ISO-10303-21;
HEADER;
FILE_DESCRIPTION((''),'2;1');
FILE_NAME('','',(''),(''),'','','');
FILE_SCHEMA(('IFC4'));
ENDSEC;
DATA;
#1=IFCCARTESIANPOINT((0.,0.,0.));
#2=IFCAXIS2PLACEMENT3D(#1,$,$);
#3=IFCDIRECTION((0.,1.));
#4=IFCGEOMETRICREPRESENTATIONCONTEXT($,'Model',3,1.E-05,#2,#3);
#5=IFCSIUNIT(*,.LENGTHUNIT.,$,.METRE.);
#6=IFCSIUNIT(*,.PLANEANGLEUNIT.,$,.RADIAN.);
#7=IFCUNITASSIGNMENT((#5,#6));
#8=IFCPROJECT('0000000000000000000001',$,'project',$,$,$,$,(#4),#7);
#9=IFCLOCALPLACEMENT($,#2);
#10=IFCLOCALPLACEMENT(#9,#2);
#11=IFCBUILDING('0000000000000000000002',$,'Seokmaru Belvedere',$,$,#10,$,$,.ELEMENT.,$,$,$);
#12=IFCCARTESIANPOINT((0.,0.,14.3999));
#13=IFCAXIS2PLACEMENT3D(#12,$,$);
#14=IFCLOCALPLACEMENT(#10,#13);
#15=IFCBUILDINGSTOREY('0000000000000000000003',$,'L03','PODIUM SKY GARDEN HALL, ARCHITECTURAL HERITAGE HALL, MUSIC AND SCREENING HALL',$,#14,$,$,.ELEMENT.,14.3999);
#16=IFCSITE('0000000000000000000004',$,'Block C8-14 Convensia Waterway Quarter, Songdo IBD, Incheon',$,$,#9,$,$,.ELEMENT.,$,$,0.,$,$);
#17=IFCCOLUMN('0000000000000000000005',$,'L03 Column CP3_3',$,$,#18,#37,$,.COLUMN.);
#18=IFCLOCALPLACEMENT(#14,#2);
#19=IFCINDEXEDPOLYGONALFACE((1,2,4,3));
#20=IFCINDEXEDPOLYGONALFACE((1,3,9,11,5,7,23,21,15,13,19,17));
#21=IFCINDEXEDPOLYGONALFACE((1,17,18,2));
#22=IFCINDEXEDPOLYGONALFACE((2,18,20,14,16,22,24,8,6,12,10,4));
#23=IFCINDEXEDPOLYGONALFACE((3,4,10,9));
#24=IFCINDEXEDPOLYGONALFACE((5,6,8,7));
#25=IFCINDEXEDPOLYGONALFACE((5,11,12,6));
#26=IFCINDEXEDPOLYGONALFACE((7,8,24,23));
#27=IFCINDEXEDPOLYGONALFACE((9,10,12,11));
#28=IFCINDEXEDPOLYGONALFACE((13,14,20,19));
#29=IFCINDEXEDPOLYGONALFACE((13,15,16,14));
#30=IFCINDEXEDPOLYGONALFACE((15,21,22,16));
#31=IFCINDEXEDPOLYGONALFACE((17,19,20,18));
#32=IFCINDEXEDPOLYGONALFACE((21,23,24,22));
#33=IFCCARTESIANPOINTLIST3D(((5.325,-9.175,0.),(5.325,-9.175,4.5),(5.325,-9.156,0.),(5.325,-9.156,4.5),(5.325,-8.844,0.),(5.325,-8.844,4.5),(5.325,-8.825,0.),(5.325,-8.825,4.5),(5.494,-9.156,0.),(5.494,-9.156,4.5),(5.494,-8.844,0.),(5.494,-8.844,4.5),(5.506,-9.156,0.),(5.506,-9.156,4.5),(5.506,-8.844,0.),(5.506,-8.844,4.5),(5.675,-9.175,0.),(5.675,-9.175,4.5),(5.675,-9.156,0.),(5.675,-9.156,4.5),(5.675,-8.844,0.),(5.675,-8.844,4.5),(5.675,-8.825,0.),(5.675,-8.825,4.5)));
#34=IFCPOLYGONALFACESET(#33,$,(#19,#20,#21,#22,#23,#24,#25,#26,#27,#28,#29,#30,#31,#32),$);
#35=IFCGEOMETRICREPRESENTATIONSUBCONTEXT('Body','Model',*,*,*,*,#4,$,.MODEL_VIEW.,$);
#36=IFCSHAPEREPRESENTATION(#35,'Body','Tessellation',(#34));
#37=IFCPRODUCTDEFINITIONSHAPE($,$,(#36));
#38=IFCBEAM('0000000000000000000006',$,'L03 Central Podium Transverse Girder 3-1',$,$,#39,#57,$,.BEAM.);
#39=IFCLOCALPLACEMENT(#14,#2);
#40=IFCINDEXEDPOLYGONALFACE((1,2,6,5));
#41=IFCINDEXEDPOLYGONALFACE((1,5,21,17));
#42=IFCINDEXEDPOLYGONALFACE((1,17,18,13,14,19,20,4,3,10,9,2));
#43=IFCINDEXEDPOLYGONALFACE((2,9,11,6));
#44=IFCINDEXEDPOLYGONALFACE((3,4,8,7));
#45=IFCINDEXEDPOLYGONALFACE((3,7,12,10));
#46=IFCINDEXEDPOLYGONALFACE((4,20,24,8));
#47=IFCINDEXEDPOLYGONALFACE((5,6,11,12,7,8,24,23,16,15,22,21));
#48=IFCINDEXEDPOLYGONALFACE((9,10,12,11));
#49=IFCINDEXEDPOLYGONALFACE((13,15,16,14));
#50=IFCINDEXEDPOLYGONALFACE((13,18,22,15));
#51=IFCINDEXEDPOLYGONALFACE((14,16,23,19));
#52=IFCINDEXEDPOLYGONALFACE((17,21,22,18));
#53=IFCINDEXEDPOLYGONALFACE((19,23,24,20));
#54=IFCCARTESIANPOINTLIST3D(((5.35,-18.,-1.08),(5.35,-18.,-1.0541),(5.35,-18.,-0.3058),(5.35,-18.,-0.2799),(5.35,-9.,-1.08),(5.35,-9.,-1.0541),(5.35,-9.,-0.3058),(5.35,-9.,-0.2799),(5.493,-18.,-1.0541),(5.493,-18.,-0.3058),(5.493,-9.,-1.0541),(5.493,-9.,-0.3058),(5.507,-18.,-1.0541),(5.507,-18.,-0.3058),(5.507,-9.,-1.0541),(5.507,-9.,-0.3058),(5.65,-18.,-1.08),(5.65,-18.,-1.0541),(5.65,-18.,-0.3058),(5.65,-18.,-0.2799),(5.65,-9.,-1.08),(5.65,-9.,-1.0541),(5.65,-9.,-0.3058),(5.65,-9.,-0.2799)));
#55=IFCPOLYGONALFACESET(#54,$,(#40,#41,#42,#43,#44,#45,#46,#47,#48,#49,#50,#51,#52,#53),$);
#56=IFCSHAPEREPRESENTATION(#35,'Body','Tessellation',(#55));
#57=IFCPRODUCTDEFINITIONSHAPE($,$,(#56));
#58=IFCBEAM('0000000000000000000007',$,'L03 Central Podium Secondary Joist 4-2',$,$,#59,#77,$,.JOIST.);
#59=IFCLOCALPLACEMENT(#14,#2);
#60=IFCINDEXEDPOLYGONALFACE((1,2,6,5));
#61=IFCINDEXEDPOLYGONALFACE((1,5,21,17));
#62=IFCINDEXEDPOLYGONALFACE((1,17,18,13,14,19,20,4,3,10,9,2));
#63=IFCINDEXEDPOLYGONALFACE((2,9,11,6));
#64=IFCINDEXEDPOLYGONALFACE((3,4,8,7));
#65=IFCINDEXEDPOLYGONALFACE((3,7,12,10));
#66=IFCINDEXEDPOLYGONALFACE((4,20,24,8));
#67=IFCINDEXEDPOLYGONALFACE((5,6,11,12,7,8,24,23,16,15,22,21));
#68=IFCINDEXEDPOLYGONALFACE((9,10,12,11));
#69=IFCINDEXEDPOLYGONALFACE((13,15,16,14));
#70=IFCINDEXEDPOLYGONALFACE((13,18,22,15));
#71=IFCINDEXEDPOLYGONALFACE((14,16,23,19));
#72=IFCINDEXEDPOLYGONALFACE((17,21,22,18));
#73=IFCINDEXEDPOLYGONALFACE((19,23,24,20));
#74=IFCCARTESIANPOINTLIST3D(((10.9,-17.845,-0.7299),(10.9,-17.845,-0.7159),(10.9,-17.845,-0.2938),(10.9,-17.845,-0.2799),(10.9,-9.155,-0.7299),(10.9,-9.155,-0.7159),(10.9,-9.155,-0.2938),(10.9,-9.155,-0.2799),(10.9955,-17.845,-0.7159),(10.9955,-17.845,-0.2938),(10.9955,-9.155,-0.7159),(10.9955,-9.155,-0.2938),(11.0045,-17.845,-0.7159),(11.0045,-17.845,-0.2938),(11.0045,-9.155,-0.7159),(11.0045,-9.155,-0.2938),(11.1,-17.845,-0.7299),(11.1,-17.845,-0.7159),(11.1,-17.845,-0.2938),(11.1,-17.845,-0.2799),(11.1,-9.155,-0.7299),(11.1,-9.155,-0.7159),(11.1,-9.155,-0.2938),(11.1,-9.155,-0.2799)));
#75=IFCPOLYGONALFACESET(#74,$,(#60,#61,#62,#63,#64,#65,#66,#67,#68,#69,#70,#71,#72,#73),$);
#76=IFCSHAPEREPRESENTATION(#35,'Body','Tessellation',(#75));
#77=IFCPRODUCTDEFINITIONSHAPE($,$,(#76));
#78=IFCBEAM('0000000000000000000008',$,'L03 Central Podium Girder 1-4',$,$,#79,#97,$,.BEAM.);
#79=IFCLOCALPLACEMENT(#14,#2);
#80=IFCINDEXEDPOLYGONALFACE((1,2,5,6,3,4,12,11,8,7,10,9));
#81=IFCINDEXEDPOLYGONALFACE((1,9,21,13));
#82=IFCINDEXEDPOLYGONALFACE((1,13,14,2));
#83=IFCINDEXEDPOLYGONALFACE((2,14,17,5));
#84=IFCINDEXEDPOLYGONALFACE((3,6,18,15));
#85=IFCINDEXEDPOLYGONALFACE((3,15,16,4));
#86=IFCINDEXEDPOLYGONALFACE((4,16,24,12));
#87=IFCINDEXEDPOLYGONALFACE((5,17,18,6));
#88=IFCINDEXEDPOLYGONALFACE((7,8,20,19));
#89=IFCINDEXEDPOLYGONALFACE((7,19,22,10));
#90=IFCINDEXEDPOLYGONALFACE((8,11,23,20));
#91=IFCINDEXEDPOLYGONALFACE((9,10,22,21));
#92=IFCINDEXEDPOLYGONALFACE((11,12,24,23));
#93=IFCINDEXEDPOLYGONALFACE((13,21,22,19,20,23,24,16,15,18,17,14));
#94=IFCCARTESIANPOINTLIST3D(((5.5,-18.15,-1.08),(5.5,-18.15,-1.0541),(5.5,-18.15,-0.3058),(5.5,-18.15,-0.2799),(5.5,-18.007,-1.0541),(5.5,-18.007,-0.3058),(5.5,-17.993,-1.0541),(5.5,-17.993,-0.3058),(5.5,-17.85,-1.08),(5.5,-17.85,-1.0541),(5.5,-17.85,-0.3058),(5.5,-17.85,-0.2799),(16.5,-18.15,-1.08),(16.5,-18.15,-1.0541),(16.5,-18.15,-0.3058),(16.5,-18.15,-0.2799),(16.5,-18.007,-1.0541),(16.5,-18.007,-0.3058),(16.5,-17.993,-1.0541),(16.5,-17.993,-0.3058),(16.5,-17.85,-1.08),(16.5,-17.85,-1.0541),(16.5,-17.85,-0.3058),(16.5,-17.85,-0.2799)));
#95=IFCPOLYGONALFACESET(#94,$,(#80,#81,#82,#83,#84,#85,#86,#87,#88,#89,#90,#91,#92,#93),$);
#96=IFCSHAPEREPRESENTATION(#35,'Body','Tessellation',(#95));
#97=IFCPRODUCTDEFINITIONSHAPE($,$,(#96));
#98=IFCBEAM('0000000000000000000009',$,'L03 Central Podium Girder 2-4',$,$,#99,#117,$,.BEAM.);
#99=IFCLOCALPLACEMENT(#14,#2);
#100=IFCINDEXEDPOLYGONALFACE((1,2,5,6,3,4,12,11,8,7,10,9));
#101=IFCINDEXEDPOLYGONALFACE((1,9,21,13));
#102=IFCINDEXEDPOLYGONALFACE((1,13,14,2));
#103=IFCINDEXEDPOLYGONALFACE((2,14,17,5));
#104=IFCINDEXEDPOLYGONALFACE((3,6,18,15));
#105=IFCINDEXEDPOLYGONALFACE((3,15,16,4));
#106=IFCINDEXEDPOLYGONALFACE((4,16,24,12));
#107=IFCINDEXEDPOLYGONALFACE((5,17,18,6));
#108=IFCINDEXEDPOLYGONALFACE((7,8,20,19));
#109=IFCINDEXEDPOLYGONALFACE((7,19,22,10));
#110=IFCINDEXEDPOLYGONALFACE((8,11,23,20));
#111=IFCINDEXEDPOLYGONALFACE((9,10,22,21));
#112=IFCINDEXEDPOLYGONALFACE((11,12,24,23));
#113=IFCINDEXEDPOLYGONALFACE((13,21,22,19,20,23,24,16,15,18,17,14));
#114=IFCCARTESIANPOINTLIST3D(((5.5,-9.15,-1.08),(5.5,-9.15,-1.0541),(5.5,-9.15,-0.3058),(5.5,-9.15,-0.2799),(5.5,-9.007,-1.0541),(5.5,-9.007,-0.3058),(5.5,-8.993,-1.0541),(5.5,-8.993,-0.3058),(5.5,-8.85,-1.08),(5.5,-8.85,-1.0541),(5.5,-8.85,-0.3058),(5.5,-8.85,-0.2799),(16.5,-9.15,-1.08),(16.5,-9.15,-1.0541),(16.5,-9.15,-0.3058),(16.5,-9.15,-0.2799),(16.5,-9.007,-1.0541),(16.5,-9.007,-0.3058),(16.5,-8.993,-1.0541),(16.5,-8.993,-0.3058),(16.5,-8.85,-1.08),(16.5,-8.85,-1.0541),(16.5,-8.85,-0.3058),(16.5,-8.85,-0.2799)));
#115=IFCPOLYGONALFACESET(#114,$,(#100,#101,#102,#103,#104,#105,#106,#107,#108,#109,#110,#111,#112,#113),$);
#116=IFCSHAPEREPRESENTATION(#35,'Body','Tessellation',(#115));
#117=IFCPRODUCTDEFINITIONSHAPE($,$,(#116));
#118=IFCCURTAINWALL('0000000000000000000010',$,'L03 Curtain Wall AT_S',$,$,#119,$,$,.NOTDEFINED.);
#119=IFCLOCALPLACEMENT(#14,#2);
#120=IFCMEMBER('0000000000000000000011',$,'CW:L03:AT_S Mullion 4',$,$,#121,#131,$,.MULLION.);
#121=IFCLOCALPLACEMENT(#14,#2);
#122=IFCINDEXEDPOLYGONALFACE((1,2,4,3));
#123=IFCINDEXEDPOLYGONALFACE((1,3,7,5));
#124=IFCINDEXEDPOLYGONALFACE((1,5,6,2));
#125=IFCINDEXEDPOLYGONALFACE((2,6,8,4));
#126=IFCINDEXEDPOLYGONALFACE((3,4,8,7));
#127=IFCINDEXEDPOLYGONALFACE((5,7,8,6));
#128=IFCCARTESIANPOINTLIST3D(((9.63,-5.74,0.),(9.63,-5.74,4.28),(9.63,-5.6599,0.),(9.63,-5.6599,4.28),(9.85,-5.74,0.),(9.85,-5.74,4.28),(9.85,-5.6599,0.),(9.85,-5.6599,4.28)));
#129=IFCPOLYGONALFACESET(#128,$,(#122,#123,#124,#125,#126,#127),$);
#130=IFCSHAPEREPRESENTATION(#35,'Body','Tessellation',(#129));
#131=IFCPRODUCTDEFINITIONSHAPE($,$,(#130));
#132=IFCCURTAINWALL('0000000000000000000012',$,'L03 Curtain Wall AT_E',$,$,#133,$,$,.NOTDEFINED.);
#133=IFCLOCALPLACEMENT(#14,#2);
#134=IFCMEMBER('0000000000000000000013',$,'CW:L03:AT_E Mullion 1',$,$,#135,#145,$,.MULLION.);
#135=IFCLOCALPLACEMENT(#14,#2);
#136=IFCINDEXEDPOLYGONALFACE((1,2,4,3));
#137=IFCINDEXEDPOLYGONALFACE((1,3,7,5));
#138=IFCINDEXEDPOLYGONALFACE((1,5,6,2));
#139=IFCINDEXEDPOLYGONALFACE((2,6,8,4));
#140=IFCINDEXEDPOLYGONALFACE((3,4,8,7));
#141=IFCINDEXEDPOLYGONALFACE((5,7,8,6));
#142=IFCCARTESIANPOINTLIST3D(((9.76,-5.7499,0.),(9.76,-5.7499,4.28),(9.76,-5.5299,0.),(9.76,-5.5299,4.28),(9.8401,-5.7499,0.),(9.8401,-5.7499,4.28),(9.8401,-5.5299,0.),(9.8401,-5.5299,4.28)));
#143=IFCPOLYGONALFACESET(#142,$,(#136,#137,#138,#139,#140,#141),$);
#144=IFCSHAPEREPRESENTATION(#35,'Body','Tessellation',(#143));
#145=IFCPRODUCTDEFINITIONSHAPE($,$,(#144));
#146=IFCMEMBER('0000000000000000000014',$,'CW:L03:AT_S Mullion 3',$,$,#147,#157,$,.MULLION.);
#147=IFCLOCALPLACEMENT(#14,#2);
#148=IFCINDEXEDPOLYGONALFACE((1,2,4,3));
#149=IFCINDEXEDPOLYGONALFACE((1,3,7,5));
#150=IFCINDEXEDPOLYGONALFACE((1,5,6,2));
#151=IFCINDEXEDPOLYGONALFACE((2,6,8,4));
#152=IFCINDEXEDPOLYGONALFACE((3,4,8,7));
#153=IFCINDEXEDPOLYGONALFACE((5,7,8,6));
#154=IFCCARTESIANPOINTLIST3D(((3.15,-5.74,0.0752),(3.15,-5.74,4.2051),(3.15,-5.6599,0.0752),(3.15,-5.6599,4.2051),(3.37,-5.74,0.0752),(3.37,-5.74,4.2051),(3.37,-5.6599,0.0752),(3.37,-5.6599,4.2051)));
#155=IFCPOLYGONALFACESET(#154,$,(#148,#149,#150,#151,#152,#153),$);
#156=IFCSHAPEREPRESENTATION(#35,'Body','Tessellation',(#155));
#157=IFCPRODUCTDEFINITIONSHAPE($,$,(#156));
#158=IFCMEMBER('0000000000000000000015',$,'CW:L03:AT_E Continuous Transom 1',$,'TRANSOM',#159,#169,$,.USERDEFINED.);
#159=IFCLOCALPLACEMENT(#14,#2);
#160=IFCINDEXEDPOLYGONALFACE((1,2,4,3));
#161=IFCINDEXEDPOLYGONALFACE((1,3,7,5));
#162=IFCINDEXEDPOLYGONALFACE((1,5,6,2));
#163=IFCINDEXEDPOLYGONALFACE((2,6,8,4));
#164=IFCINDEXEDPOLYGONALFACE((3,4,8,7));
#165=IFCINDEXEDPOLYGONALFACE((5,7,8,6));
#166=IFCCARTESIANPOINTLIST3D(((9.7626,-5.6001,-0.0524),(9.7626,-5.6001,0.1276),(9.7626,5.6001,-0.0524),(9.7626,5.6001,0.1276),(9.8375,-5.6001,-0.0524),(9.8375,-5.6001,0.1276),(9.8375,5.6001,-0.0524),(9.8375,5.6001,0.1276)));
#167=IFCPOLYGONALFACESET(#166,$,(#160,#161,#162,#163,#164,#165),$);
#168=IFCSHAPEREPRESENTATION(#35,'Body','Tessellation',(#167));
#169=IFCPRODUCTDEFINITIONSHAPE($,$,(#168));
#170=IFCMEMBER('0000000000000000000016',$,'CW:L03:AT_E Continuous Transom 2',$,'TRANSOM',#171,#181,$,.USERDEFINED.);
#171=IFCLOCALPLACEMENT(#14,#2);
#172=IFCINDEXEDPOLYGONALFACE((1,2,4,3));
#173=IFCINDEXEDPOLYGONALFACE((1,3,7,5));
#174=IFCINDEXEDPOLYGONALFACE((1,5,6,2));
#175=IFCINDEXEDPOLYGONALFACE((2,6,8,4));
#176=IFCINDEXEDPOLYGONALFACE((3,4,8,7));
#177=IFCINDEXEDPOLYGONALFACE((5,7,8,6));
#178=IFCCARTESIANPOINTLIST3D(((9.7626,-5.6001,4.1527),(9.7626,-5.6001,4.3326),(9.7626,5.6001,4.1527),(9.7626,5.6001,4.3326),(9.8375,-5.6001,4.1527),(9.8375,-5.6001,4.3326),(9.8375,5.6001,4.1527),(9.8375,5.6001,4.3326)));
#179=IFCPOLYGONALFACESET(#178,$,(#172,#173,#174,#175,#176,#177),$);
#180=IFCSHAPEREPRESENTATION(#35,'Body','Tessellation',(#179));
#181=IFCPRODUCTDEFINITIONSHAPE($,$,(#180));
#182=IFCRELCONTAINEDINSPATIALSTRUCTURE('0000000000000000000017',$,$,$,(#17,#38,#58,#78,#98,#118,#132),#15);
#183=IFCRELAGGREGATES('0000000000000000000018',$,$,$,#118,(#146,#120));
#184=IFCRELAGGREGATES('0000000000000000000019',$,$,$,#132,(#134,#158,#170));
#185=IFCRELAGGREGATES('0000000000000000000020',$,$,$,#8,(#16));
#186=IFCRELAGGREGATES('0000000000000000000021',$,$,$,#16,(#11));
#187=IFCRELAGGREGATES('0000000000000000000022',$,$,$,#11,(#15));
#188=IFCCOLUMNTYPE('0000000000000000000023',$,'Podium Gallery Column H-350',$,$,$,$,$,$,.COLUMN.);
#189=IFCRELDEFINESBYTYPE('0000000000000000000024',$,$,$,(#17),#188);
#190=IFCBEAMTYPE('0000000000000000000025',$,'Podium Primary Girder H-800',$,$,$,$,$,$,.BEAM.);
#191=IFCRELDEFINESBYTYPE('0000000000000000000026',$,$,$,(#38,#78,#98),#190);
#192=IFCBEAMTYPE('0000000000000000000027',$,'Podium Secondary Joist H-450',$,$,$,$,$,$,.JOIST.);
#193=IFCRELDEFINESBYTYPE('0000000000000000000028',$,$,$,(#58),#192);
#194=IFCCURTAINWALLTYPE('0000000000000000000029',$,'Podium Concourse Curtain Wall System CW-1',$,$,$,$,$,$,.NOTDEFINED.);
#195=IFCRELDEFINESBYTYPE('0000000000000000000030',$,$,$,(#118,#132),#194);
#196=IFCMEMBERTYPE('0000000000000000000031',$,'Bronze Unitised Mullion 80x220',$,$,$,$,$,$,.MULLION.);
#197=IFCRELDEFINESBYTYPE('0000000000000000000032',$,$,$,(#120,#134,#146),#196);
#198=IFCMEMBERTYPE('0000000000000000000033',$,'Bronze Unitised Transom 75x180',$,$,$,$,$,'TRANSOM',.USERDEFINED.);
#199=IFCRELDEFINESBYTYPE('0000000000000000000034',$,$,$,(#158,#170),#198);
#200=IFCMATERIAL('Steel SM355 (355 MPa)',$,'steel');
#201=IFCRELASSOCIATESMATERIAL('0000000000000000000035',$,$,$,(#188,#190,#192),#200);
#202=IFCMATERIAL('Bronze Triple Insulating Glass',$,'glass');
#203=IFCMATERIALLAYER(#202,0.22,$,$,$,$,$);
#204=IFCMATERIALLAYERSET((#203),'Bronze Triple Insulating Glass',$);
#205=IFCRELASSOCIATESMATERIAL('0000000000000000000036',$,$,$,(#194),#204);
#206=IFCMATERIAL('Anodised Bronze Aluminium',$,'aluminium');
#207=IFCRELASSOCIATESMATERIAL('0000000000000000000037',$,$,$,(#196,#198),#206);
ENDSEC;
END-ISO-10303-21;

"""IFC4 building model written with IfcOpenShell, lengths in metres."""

from ifc_helpers import new_model, si_unit, direction, frame, origin, origin_2d, place, context, subcontext, project, spatial, rectangle, i_section, extrude, source, transform, mapped, material, layer, layer_set, material_profile, profile_set, type_object, type_shapes, element, aggregate, save


model = new_model("IFC4")

# Units and contexts
model_context = context("Model", 3, precision=1e-05, world=origin(), true_north=direction((0.0, 1.0)))
body_context = subcontext(model_context, "Body", "Model", "MODEL_VIEW")
ifc_project = project(units=[si_unit("LENGTHUNIT", "METRE"), si_unit("PLANEANGLEUNIT", "RADIAN")], contexts=[model_context])

# Site, building, storey
site_placement = place(None, origin())
site = spatial("IfcSite", under=ifc_project, at=site_placement, Name="Block C8-14 Convensia Waterway Quarter, Songdo IBD, Incheon", CompositionType="ELEMENT", RefElevation=0.0)
building_placement = place(site_placement, origin())
building = spatial("IfcBuilding", under=site, at=building_placement, Name="Seokmaru Belvedere", CompositionType="ELEMENT")
storey_placement = place(building_placement, frame((0.0, 0.0, 14.3999)))
storey = spatial("IfcBuildingStorey", under=building, at=storey_placement, Name="L03", Description="PODIUM SKY GARDEN HALL, ARCHITECTURAL HERITAGE HALL, MUSIC AND SCREENING HALL", CompositionType="ELEMENT", Elevation=14.3999)

# Column
ifc_material_1 = material(Name="Steel SM355 (355 MPa)", Category="steel")
ifc_material_profile_1 = material_profile(ifc_material_1, i_section(OverallWidth=0.3501, OverallDepth=0.3501, WebThickness=0.012, FlangeThickness=0.019, at=origin_2d()), Name="H-350x350x12x19")
ifc_profile_set_1 = profile_set([ifc_material_profile_1], Name="Steel SM355 (355 MPa)")
column_type = type_object("IfcColumnType", Name="Podium Gallery Column H-350", PredefinedType="COLUMN", material=ifc_profile_set_1)
shared_shape_1 = source(origin(), body_context, "Body", "SweptSolid", [
    extrude(i_section(OverallWidth=0.3501, OverallDepth=0.3501, WebThickness=0.012, FlangeThickness=0.019, at=origin_2d()), origin(), (0.0, 0.0, 1.0), 4.5),
])
type_shapes(column_type, [shared_shape_1])
column_placement = place(storey_placement, frame((5.5, -9.0, 0.0), z_axis=(0.0, 0.0, 1.0), x_axis=(1.0, 0.0, 0.0)))
element("IfcColumn", 1, at=column_placement, inside=storey, type_object=column_type, Name="L03 Column CP3_3", PredefinedType="COLUMN", context=body_context, shape_type="MappedRepresentation", body=[
    mapped(shared_shape_1, transform((0.0, 0.0, 0.0), scale=1.0)),
])

# Beams
ifc_material_profile_2 = material_profile(ifc_material_1, i_section(OverallWidth=0.3, OverallDepth=0.8, WebThickness=0.0139, FlangeThickness=0.0259, at=origin_2d()), Name="H-800x300x14x26")
ifc_profile_set_2 = profile_set([ifc_material_profile_2], Name="Steel SM355 (355 MPa)")
beam_type_1 = type_object("IfcBeamType", Name="Podium Primary Girder H-800", PredefinedType="BEAM", material=ifc_profile_set_2)
shared_shape_2 = source(origin(), body_context, "Body", "SweptSolid", [
    extrude(i_section(OverallWidth=0.3, OverallDepth=0.8, WebThickness=0.0139, FlangeThickness=0.0259, at=origin_2d()), origin(), (0.0, 0.0, 1.0), 9.0),
])
beam_1_placement = place(storey_placement, frame((5.5, -18.0, -0.6799), z_axis=(0.0, 1.0, 0.0), x_axis=(-1.0, 0.0, 0.0)))
element("IfcBeam", 2, at=beam_1_placement, inside=storey, type_object=beam_type_1, Name="L03 Central Podium Transverse Girder 3-1", PredefinedType="BEAM", context=body_context, shape_type="MappedRepresentation", body=[
    mapped(shared_shape_2, transform((0.0, 0.0, 0.0), scale=1.0)),
])
ifc_material_profile_3 = material_profile(ifc_material_1, i_section(OverallWidth=0.2, OverallDepth=0.45, WebThickness=0.009, FlangeThickness=0.0139, at=origin_2d()), Name="H-450x200x9x14")
ifc_profile_set_3 = profile_set([ifc_material_profile_3], Name="Steel SM355 (355 MPa)")
beam_type_2 = type_object("IfcBeamType", Name="Podium Secondary Joist H-450", PredefinedType="JOIST", material=ifc_profile_set_3)
shared_shape_3 = source(origin(), body_context, "Body", "SweptSolid", [
    extrude(i_section(OverallWidth=0.2, OverallDepth=0.45, WebThickness=0.009, FlangeThickness=0.0139, at=origin_2d()), origin(), (0.0, 0.0, 1.0), 8.6899),
])
type_shapes(beam_type_2, [shared_shape_3])
beam_2_placement = place(storey_placement, frame((11.0, -17.845, -0.5049), z_axis=(0.0, 1.0, 0.0), x_axis=(-1.0, 0.0, 0.0)))
element("IfcBeam", 3, at=beam_2_placement, inside=storey, type_object=beam_type_2, Name="L03 Central Podium Secondary Joist 4-2", PredefinedType="JOIST", context=body_context, shape_type="MappedRepresentation", body=[
    mapped(shared_shape_3, transform((0.0, 0.0, 0.0), scale=1.0)),
])
shared_shape_4 = source(origin(), body_context, "Body", "SweptSolid", [
    extrude(i_section(OverallWidth=0.3, OverallDepth=0.8, WebThickness=0.0139, FlangeThickness=0.0259, at=origin_2d()), origin(), (0.0, 0.0, 1.0), 11.0),
])
type_shapes(beam_type_1, [shared_shape_2, shared_shape_4])
for number, where, z_axis, x_axis, name in (
    (4, (5.5, -18.0, -0.6799), (1.0, 0.0, 0.0), (0.0, 1.0, 0.0), "L03 Central Podium Girder 1-4"),
    (5, (5.5, -9.0, -0.6799), (1.0, 0.0, 0.0), (0.0, 1.0, 0.0), "L03 Central Podium Girder 2-4"),
):
    element("IfcBeam", number, at=place(storey_placement, frame(where, z_axis=z_axis, x_axis=x_axis)), inside=storey, type_object=beam_type_1, Name=name, PredefinedType="BEAM", context=body_context, shape_type="MappedRepresentation", body=[
        mapped(shared_shape_4, transform((0.0, 0.0, 0.0), scale=1.0)),
    ])

# Curtain walls, members
ifc_material_2 = material(Name="Bronze Triple Insulating Glass", Category="glass")
ifc_layer_1 = layer(ifc_material_2, 0.22)
ifc_layer_set_1 = layer_set([ifc_layer_1], Name="Bronze Triple Insulating Glass")
curtain_wall_type = type_object("IfcCurtainWallType", Name="Podium Concourse Curtain Wall System CW-1", PredefinedType="NOTDEFINED", material=ifc_layer_set_1)
curtain_wall_1_placement = place(storey_placement, origin())
curtain_wall_1 = element("IfcCurtainWall", 6, at=curtain_wall_1_placement, inside=storey, type_object=curtain_wall_type, Name="L03 Curtain Wall AT_S", PredefinedType="NOTDEFINED")
ifc_material_3 = material(Name="Anodised Bronze Aluminium", Category="aluminium")
ifc_material_profile_4 = material_profile(ifc_material_3, rectangle(XDim=0.0801, YDim=0.22, at=origin_2d()), Name="CW-M-80x220")
ifc_profile_set_4 = profile_set([ifc_material_profile_4], Name="Anodised Bronze Aluminium")
member_type_1 = type_object("IfcMemberType", Name="Bronze Unitised Mullion 80x220", PredefinedType="MULLION", material=ifc_profile_set_4)
shared_shape_5 = source(origin(), body_context, "Body", "SweptSolid", [
    extrude(rectangle(XDim=0.0801, YDim=0.22, at=origin_2d()), origin(), (0.0, 0.0, 1.0), 4.28),
])
member_1_placement = place(storey_placement, frame((9.74, -5.7, 0.0), z_axis=(0.0, 0.0, 1.0), x_axis=(0.0, 1.0, 0.0)))
member_1 = element("IfcMember", 7, at=member_1_placement, type_object=member_type_1, Name="CW:L03:AT_S Mullion 4", PredefinedType="MULLION", context=body_context, shape_type="MappedRepresentation", body=[
    mapped(shared_shape_5, transform((0.0, 0.0, 0.0), scale=1.0)),
])
curtain_wall_2_placement = place(storey_placement, origin())
curtain_wall_2 = element("IfcCurtainWall", 8, at=curtain_wall_2_placement, inside=storey, type_object=curtain_wall_type, Name="L03 Curtain Wall AT_E", PredefinedType="NOTDEFINED")
member_2_placement = place(storey_placement, frame((9.8, -5.6399, 0.0), z_axis=(0.0, 0.0, 1.0), x_axis=(-1.0, 0.0, 0.0)))
member_2 = element("IfcMember", 9, at=member_2_placement, type_object=member_type_1, Name="CW:L03:AT_E Mullion 1", PredefinedType="MULLION", context=body_context, shape_type="MappedRepresentation", body=[
    mapped(shared_shape_5, transform((0.0, 0.0, 0.0), scale=1.0)),
])

# Members
shared_shape_6 = source(origin(), body_context, "Body", "SweptSolid", [
    extrude(rectangle(XDim=0.0801, YDim=0.22, at=origin_2d()), origin(), (0.0, 0.0, 1.0), 4.1299),
])
type_shapes(member_type_1, [shared_shape_5, shared_shape_6])
member_3_placement = place(storey_placement, frame((3.26, -5.7, 0.0752), z_axis=(0.0, 0.0, 1.0), x_axis=(0.0, 1.0, 0.0)))
member_3 = element("IfcMember", 10, at=member_3_placement, type_object=member_type_1, Name="CW:L03:AT_S Mullion 3", PredefinedType="MULLION", context=body_context, shape_type="MappedRepresentation", body=[
    mapped(shared_shape_6, transform((0.0, 0.0, 0.0), scale=1.0)),
])
ifc_material_profile_5 = material_profile(ifc_material_3, rectangle(XDim=0.075, YDim=0.1799, at=origin_2d()), Name="CW-T-75x180")
ifc_profile_set_5 = profile_set([ifc_material_profile_5], Name="Anodised Bronze Aluminium")
member_type_2 = type_object("IfcMemberType", Name="Bronze Unitised Transom 75x180", ElementType="TRANSOM", PredefinedType="USERDEFINED", material=ifc_profile_set_5)
shared_shape_7 = source(origin(), body_context, "Body", "SweptSolid", [
    extrude(rectangle(XDim=0.075, YDim=0.1799, at=origin_2d()), origin(), (0.0, 0.0, 1.0), 11.2002),
])
type_shapes(member_type_2, [shared_shape_7])
member_4_placement = place(storey_placement, frame((9.8, -5.6001, 0.0376), z_axis=(0.0, 1.0, 0.0), x_axis=(-1.0, 0.0, 0.0)))
member_4 = element("IfcMember", 11, at=member_4_placement, type_object=member_type_2, Name="CW:L03:AT_E Continuous Transom 1", ObjectType="TRANSOM", PredefinedType="USERDEFINED", context=body_context, shape_type="MappedRepresentation", body=[
    mapped(shared_shape_7, transform((0.0, 0.0, 0.0), scale=1.0)),
])
member_5_placement = place(storey_placement, frame((9.8, -5.6001, 4.2427), z_axis=(0.0, 1.0, 0.0), x_axis=(-1.0, 0.0, 0.0)))
member_5 = element("IfcMember", 12, at=member_5_placement, type_object=member_type_2, Name="CW:L03:AT_E Continuous Transom 2", ObjectType="TRANSOM", PredefinedType="USERDEFINED", context=body_context, shape_type="MappedRepresentation", body=[
    mapped(shared_shape_7, transform((0.0, 0.0, 0.0), scale=1.0)),
])

aggregate(curtain_wall_1, [member_3, member_1])
aggregate(curtain_wall_2, [member_2, member_4, member_5])

save(model, "model.ifc")
